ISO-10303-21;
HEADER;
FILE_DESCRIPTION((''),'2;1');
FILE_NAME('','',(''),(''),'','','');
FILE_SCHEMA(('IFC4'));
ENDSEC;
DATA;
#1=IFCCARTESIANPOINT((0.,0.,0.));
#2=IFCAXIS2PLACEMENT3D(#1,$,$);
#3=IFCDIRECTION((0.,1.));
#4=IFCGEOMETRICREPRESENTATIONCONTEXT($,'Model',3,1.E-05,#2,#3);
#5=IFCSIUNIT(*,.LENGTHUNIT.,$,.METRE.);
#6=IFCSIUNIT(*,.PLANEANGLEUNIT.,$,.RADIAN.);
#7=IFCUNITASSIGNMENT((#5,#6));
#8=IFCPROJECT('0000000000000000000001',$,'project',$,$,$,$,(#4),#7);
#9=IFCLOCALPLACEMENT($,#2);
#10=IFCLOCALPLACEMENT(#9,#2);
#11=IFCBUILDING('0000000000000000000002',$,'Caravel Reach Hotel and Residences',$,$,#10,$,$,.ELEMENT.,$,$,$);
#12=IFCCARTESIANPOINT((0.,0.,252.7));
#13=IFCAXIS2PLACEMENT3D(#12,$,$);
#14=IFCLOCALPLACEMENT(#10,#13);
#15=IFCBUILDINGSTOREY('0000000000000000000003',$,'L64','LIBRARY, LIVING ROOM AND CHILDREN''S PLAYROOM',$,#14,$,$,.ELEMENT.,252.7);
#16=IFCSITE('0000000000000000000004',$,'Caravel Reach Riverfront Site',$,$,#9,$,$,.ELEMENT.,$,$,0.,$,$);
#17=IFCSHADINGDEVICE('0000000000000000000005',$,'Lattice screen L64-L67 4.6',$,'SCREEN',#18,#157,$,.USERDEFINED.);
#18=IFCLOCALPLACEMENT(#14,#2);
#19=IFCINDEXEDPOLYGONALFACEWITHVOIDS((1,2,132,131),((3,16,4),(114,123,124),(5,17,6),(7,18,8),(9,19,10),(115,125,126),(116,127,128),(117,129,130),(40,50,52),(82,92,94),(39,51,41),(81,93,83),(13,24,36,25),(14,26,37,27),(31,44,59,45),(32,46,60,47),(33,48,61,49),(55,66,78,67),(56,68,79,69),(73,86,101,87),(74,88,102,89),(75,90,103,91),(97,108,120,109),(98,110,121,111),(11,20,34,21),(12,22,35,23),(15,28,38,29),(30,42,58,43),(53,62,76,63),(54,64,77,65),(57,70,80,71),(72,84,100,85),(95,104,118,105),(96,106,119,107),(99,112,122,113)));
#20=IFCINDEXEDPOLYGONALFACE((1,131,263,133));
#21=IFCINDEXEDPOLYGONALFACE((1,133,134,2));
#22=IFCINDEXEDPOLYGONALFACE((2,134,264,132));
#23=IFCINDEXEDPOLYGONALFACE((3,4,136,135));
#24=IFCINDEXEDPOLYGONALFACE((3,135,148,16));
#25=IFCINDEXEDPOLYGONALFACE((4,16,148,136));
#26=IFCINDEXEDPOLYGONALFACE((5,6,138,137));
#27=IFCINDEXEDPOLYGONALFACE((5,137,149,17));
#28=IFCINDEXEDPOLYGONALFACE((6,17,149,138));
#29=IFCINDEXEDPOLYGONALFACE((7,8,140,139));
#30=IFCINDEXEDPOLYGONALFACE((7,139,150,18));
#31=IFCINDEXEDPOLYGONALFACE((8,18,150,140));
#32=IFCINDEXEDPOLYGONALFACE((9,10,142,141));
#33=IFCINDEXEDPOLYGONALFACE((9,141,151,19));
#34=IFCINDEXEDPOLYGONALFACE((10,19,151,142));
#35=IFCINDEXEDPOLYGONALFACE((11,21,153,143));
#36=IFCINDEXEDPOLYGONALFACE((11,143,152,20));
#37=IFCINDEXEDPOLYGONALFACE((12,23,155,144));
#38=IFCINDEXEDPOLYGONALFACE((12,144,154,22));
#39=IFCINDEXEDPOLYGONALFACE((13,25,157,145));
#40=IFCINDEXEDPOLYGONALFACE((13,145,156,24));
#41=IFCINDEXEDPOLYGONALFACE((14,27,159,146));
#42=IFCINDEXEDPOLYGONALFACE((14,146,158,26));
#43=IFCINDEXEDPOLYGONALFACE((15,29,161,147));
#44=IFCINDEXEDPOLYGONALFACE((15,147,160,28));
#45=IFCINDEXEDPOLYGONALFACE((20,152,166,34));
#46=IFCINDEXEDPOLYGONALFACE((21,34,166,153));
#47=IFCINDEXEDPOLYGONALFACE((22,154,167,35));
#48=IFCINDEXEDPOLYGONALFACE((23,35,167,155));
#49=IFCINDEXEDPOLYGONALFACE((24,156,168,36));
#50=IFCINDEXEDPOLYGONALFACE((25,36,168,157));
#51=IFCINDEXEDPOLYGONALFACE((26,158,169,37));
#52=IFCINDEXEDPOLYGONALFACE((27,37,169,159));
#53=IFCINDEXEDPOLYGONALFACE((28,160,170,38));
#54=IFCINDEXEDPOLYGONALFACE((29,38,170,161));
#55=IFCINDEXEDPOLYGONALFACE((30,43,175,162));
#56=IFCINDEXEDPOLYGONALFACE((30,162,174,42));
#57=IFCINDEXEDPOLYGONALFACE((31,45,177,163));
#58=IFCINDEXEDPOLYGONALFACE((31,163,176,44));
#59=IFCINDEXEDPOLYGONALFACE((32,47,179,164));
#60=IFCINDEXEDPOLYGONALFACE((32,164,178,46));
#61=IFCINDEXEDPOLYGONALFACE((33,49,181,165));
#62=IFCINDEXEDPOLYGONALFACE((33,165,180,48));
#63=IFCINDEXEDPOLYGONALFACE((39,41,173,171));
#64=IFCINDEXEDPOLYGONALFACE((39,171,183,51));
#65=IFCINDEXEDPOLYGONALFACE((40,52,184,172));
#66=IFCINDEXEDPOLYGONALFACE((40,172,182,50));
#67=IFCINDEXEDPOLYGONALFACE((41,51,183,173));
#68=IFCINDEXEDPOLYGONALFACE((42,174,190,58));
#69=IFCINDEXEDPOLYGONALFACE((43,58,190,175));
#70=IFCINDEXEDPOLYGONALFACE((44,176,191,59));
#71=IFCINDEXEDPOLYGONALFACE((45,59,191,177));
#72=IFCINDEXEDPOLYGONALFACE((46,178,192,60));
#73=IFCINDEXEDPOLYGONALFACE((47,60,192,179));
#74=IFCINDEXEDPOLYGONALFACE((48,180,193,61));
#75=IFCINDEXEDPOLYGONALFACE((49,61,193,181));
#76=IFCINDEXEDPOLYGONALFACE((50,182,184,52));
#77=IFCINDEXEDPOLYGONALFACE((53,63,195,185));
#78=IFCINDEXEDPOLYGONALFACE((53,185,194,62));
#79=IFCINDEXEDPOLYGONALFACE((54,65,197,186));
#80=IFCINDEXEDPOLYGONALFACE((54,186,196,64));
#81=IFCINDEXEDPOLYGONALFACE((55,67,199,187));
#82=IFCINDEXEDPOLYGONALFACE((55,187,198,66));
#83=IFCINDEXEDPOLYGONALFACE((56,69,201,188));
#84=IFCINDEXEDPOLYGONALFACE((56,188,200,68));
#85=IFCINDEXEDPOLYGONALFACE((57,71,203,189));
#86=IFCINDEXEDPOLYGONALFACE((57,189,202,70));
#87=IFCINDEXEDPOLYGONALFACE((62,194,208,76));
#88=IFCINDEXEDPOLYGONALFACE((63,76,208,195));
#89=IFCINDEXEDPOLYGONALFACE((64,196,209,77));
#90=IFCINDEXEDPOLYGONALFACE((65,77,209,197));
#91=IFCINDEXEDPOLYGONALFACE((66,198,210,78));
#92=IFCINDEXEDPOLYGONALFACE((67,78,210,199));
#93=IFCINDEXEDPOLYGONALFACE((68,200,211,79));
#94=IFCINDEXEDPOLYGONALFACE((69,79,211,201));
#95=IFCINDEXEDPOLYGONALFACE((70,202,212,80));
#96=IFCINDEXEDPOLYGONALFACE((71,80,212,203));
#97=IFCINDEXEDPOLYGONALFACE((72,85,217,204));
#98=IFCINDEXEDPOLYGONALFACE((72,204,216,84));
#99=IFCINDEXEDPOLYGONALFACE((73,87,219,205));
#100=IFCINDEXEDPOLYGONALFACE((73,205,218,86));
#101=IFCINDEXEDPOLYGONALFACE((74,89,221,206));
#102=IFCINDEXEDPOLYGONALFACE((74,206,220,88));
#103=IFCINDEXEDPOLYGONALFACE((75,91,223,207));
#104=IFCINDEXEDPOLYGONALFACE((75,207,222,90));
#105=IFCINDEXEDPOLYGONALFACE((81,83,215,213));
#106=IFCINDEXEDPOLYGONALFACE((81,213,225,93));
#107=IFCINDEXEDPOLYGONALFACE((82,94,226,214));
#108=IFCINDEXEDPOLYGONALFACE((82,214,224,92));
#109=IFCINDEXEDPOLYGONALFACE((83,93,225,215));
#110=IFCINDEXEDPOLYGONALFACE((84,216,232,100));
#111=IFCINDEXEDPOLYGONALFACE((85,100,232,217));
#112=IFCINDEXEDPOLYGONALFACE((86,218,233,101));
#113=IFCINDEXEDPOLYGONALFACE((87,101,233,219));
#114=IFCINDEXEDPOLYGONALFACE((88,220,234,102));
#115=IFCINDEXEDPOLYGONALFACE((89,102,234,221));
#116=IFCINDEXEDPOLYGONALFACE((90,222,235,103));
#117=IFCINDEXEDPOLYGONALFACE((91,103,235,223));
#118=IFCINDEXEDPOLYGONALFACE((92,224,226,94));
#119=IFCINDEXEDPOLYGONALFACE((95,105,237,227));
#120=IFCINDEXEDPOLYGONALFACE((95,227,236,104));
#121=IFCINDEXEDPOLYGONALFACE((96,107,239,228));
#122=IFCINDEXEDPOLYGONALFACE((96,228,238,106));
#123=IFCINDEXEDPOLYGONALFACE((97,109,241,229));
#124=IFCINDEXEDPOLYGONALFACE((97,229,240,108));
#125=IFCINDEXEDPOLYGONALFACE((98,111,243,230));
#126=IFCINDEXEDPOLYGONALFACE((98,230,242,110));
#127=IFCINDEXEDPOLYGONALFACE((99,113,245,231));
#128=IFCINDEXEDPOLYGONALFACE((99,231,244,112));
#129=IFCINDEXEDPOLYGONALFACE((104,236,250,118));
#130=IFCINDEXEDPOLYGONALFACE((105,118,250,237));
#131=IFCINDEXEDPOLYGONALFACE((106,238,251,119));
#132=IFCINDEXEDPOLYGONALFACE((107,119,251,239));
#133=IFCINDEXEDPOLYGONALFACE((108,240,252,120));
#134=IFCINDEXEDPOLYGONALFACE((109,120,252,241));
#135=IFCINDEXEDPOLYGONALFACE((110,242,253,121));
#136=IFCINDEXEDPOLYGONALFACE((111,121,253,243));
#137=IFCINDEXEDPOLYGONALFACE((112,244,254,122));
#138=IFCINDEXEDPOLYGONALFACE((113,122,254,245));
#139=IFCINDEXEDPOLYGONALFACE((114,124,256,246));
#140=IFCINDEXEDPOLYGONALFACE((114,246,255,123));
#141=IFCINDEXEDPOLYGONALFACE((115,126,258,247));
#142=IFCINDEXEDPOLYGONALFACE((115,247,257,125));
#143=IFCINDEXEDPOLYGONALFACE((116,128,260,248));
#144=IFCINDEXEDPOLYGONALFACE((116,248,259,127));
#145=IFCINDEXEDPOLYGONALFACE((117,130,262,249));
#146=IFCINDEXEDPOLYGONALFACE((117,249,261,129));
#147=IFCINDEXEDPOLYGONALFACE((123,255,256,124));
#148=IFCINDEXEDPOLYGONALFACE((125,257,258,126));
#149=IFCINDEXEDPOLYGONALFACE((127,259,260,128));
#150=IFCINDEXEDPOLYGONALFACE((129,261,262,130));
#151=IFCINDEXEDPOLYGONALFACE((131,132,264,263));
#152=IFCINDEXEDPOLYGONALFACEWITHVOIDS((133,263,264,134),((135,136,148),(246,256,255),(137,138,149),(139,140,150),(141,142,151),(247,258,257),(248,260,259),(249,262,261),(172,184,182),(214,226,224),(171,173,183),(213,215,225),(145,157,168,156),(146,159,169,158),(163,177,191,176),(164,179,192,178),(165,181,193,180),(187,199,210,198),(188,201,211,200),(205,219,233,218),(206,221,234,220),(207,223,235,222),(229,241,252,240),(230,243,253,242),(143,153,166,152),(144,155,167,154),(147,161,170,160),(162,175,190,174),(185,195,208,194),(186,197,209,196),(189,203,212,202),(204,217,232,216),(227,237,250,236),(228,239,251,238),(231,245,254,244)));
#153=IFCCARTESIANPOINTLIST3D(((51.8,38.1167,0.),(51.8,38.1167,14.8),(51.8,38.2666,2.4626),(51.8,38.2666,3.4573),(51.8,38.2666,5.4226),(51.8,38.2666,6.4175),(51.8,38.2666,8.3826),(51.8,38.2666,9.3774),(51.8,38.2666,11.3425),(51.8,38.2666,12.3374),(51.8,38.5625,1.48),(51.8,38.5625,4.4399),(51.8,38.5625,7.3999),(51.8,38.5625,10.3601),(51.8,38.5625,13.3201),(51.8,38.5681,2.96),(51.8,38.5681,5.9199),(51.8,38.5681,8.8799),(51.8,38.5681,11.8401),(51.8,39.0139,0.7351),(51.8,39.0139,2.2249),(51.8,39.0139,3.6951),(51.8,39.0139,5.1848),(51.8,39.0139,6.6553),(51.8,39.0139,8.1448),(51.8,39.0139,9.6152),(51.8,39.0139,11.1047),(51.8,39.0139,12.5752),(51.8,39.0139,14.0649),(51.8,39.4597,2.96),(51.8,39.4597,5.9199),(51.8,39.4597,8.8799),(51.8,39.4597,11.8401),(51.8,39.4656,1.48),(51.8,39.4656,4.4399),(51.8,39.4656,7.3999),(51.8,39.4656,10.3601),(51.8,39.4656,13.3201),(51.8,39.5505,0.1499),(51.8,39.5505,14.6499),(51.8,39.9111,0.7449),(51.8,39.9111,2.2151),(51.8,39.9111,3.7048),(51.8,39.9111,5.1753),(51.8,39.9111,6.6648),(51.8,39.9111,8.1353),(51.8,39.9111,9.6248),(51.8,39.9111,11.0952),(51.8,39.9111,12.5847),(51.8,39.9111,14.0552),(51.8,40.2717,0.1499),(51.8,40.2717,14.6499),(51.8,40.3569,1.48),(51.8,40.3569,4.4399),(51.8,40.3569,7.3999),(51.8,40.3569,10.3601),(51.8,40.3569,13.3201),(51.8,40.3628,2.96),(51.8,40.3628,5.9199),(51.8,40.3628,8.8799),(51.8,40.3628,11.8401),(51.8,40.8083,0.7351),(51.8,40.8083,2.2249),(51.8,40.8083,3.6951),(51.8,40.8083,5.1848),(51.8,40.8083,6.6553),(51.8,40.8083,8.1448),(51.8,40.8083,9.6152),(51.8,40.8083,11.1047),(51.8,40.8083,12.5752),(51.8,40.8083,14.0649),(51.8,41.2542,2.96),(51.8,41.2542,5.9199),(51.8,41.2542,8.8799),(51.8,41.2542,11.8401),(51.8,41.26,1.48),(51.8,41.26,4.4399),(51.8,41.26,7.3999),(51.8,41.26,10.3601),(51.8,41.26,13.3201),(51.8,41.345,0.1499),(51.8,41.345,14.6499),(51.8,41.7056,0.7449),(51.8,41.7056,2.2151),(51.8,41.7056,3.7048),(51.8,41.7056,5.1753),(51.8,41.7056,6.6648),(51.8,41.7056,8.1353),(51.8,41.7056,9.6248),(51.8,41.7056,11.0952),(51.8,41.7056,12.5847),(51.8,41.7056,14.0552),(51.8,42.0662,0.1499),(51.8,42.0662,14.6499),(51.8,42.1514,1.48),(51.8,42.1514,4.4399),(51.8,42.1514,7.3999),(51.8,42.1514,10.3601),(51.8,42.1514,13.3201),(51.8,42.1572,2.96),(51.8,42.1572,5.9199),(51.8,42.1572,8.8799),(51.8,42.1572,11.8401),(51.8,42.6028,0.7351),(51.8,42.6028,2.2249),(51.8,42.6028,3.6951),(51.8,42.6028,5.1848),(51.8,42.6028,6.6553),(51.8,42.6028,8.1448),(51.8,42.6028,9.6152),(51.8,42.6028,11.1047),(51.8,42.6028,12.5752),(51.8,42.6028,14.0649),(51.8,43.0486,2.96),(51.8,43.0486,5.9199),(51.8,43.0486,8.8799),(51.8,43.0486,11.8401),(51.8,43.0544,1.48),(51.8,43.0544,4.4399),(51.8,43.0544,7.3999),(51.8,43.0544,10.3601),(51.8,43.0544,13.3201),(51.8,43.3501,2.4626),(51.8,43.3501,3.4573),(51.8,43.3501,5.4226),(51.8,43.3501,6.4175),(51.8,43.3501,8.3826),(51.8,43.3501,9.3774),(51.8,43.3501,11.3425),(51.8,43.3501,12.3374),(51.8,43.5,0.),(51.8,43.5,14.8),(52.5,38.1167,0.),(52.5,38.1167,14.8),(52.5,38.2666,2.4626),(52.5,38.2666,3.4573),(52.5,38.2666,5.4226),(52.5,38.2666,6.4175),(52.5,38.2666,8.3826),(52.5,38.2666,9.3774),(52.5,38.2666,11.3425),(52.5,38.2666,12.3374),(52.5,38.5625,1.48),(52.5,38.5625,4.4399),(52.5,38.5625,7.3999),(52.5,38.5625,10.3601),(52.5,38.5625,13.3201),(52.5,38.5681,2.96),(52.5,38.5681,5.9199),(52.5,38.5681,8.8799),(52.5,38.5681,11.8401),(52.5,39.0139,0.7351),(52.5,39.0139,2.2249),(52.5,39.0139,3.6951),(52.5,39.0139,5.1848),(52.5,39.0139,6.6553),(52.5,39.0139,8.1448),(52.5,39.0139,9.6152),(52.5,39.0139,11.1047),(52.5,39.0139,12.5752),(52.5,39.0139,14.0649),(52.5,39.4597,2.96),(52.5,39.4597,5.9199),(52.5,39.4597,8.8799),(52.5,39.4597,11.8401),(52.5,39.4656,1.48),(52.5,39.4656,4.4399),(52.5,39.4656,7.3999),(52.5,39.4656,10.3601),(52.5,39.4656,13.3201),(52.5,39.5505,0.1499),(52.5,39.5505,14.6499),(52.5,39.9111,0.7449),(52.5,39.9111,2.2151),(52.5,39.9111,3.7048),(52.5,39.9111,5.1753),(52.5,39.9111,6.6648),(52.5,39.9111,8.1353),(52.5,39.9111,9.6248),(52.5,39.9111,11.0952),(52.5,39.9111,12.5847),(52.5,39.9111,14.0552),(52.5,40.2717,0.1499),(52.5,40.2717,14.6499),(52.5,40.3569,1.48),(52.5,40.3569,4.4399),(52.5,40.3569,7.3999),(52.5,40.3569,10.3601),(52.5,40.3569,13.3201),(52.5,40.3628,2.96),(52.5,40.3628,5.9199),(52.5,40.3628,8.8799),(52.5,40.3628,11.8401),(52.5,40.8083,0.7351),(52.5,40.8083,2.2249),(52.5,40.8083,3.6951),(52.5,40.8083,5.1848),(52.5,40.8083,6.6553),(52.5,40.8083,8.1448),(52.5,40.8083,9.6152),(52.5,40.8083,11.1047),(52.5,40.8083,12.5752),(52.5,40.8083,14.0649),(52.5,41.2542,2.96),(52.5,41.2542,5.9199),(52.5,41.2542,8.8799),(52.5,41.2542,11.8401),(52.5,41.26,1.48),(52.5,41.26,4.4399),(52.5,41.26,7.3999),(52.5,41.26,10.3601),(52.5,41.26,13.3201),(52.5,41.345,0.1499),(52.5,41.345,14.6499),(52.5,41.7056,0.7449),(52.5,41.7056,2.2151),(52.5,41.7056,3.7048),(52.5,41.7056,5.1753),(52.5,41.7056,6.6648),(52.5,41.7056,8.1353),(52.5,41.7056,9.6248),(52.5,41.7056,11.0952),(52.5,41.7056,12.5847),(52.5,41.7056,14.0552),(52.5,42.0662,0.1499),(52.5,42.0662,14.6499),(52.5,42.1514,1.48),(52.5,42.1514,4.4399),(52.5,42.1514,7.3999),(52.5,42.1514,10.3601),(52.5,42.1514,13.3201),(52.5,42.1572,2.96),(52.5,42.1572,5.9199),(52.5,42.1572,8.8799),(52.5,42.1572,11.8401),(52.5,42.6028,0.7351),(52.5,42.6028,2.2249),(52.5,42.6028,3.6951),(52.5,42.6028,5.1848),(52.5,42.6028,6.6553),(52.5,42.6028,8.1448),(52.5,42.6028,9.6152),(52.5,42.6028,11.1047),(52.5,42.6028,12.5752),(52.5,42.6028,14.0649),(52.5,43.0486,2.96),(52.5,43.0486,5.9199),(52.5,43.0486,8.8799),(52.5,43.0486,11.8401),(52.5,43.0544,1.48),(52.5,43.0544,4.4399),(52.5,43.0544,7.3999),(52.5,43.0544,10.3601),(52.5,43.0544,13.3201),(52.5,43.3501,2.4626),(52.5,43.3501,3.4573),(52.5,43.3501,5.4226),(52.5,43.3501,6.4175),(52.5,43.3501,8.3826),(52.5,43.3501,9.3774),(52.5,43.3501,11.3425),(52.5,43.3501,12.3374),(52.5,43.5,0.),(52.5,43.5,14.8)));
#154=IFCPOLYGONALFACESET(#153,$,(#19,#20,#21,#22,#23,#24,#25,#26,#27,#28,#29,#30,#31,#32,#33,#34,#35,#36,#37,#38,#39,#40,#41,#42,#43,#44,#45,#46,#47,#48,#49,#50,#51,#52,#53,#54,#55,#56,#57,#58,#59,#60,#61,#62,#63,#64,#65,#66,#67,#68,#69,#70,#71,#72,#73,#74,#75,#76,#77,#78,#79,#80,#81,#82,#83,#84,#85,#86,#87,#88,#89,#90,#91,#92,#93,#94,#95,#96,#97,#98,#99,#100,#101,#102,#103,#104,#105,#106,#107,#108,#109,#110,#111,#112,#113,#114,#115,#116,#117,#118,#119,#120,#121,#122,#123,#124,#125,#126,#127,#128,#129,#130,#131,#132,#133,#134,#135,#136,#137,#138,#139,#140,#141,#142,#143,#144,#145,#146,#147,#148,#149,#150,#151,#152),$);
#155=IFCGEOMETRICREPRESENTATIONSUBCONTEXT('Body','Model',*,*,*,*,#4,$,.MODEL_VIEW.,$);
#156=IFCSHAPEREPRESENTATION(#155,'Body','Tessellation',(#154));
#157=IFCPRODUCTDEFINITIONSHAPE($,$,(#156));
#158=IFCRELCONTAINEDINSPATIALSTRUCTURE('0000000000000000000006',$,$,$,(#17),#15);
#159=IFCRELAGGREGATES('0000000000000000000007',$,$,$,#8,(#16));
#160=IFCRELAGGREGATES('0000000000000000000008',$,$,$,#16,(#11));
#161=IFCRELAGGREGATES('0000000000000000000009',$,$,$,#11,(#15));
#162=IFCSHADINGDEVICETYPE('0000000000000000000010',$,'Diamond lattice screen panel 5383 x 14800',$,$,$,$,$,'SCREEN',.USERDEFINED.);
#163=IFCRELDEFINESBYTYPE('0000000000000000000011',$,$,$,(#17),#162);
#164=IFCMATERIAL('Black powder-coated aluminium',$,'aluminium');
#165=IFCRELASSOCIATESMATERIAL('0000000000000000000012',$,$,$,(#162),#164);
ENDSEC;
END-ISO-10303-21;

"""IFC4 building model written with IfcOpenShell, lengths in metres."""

from ifc_helpers import new_model, si_unit, direction, frame, origin, place, context, subcontext, project, spatial, polyline, outline, extrude, material, type_object, element, save


model = new_model("IFC4")

# Units and contexts
model_context = context("Model", 3, precision=1e-05, world=origin(), true_north=direction((0.0, 1.0)))
body_context = subcontext(model_context, "Body", "Model", "MODEL_VIEW")
ifc_project = project(units=[si_unit("LENGTHUNIT", "METRE"), si_unit("PLANEANGLEUNIT", "RADIAN")], contexts=[model_context])

# Site, building, storey
site_placement = place(None, origin())
site = spatial("IfcSite", under=ifc_project, at=site_placement, Name="Caravel Reach Riverfront Site", CompositionType="ELEMENT", RefElevation=0.0)
building_placement = place(site_placement, origin())
building = spatial("IfcBuilding", under=site, at=building_placement, Name="Caravel Reach Hotel and Residences", CompositionType="ELEMENT")
storey_placement = place(building_placement, frame((0.0, 0.0, 252.7)))
storey = spatial("IfcBuildingStorey", under=building, at=storey_placement, Name="L64", Description="LIBRARY, LIVING ROOM AND CHILDREN'S PLAYROOM", CompositionType="ELEMENT", Elevation=252.7)

# Shading device
ifc_material_1 = material(Name="Black powder-coated aluminium", Category="aluminium")
shading_device_type_1 = type_object("IfcShadingDeviceType", Name="Diamond lattice screen panel 5383 x 14800", ElementType="SCREEN", PredefinedType="USERDEFINED", material=ifc_material_1)
shading_device_1_placement = place(storey_placement, frame((51.8, 38.1167, 0.0), z_axis=(1.0, 0.0, 0.0), x_axis=(0.0, 1.0, 0.0)))
element("IfcShadingDevice", 1, at=shading_device_1_placement, inside=storey, type_object=shading_device_type_1, Name="Lattice screen L64-L67 4.6", ObjectType="SCREEN", PredefinedType="USERDEFINED", context=body_context, shape_type="SweptSolid", body=[
    extrude(outline(polyline([(0.0, 0.0), (5.3833, 0.0), (5.3833, 14.8), (0.0, 14.8), (0.0, 0.0)]), holes=[polyline([(0.4514, 2.96), (0.1499, 3.4573), (0.1499, 2.4626), (0.4514, 2.96)]), polyline([(0.4514, 5.9199), (0.1499, 6.4175), (0.1499, 5.4226), (0.4514, 5.9199)]), polyline([(0.4514, 8.8799), (0.1499, 9.3774), (0.1499, 8.3826), (0.4514, 8.8799)]), polyline([(0.4514, 11.8401), (0.1499, 12.3374), (0.1499, 11.3425), (0.4514, 11.8401)]), polyline([(0.8972, 2.2249), (0.4458, 1.48), (0.8972, 0.7351), (1.3489, 1.48), (0.8972, 2.2249)]), polyline([(0.8972, 5.1848), (0.4458, 4.4399), (0.8972, 3.6951), (1.3489, 4.4399), (0.8972, 5.1848)]), polyline([(0.8972, 8.1448), (0.4458, 7.3999), (0.8972, 6.6553), (1.3489, 7.3999), (0.8972, 8.1448)]), polyline([(0.8972, 11.1047), (0.4458, 10.3601), (0.8972, 9.6152), (1.3489, 10.3601), (0.8972, 11.1047)]), polyline([(0.8972, 14.0649), (0.4458, 13.3201), (0.8972, 12.5752), (1.3489, 13.3201), (0.8972, 14.0649)]), polyline([(1.7944, 0.7449), (1.4338, 0.1499), (2.155, 0.1499), (1.7944, 0.7449)]), polyline([(1.7944, 3.7048), (1.343, 2.96), (1.7944, 2.2151), (2.2461, 2.96), (1.7944, 3.7048)]), polyline([(1.7944, 6.6648), (1.343, 5.9199), (1.7944, 5.1753), (2.2461, 5.9199), (1.7944, 6.6648)]), polyline([(1.7944, 9.6248), (1.343, 8.8799), (1.7944, 8.1353), (2.2461, 8.8799), (1.7944, 9.6248)]), polyline([(1.7944, 12.5847), (1.343, 11.8401), (1.7944, 11.0952), (2.2461, 11.8401), (1.7944, 12.5847)]), polyline([(1.7944, 14.0552), (2.155, 14.6499), (1.4338, 14.6499), (1.7944, 14.0552)]), polyline([(2.6917, 2.2249), (2.2402, 1.48), (2.6917, 0.7351), (3.1433, 1.48), (2.6917, 2.2249)]), polyline([(2.6917, 5.1848), (2.2402, 4.4399), (2.6917, 3.6951), (3.1433, 4.4399), (2.6917, 5.1848)]), polyline([(2.6917, 8.1448), (2.2402, 7.3999), (2.6917, 6.6553), (3.1433, 7.3999), (2.6917, 8.1448)]), polyline([(2.6917, 11.1047), (2.2402, 10.3601), (2.6917, 9.6152), (3.1433, 10.3601), (2.6917, 11.1047)]), polyline([(2.6917, 14.0649), (2.2402, 13.3201), (2.6917, 12.5752), (3.1433, 13.3201), (2.6917, 14.0649)]), polyline([(3.5889, 0.7449), (3.2283, 0.1499), (3.9495, 0.1499), (3.5889, 0.7449)]), polyline([(3.5889, 3.7048), (3.1375, 2.96), (3.5889, 2.2151), (4.0405, 2.96), (3.5889, 3.7048)]), polyline([(3.5889, 6.6648), (3.1375, 5.9199), (3.5889, 5.1753), (4.0405, 5.9199), (3.5889, 6.6648)]), polyline([(3.5889, 9.6248), (3.1375, 8.8799), (3.5889, 8.1353), (4.0405, 8.8799), (3.5889, 9.6248)]), polyline([(3.5889, 12.5847), (3.1375, 11.8401), (3.5889, 11.0952), (4.0405, 11.8401), (3.5889, 12.5847)]), polyline([(3.5889, 14.0552), (3.9495, 14.6499), (3.2283, 14.6499), (3.5889, 14.0552)]), polyline([(4.4861, 2.2249), (4.0347, 1.48), (4.4861, 0.7351), (4.9377, 1.48), (4.4861, 2.2249)]), polyline([(4.4861, 5.1848), (4.0347, 4.4399), (4.4861, 3.6951), (4.9377, 4.4399), (4.4861, 5.1848)]), polyline([(4.4861, 8.1448), (4.0347, 7.3999), (4.4861, 6.6553), (4.9377, 7.3999), (4.4861, 8.1448)]), polyline([(4.4861, 11.1047), (4.0347, 10.3601), (4.4861, 9.6152), (4.9377, 10.3601), (4.4861, 11.1047)]), polyline([(4.4861, 14.0649), (4.0347, 13.3201), (4.4861, 12.5752), (4.9377, 13.3201), (4.4861, 14.0649)]), polyline([(4.9319, 2.96), (5.2334, 2.4626), (5.2334, 3.4573), (4.9319, 2.96)]), polyline([(4.9319, 5.9199), (5.2334, 5.4226), (5.2334, 6.4175), (4.9319, 5.9199)]), polyline([(4.9319, 8.8799), (5.2334, 8.3826), (5.2334, 9.3774), (4.9319, 8.8799)]), polyline([(4.9319, 11.8401), (5.2334, 11.3425), (5.2334, 12.3374), (4.9319, 11.8401)])]), origin(), (0.0, 0.0, 1.0), 0.7),
])

save(model, "model.ifc")
